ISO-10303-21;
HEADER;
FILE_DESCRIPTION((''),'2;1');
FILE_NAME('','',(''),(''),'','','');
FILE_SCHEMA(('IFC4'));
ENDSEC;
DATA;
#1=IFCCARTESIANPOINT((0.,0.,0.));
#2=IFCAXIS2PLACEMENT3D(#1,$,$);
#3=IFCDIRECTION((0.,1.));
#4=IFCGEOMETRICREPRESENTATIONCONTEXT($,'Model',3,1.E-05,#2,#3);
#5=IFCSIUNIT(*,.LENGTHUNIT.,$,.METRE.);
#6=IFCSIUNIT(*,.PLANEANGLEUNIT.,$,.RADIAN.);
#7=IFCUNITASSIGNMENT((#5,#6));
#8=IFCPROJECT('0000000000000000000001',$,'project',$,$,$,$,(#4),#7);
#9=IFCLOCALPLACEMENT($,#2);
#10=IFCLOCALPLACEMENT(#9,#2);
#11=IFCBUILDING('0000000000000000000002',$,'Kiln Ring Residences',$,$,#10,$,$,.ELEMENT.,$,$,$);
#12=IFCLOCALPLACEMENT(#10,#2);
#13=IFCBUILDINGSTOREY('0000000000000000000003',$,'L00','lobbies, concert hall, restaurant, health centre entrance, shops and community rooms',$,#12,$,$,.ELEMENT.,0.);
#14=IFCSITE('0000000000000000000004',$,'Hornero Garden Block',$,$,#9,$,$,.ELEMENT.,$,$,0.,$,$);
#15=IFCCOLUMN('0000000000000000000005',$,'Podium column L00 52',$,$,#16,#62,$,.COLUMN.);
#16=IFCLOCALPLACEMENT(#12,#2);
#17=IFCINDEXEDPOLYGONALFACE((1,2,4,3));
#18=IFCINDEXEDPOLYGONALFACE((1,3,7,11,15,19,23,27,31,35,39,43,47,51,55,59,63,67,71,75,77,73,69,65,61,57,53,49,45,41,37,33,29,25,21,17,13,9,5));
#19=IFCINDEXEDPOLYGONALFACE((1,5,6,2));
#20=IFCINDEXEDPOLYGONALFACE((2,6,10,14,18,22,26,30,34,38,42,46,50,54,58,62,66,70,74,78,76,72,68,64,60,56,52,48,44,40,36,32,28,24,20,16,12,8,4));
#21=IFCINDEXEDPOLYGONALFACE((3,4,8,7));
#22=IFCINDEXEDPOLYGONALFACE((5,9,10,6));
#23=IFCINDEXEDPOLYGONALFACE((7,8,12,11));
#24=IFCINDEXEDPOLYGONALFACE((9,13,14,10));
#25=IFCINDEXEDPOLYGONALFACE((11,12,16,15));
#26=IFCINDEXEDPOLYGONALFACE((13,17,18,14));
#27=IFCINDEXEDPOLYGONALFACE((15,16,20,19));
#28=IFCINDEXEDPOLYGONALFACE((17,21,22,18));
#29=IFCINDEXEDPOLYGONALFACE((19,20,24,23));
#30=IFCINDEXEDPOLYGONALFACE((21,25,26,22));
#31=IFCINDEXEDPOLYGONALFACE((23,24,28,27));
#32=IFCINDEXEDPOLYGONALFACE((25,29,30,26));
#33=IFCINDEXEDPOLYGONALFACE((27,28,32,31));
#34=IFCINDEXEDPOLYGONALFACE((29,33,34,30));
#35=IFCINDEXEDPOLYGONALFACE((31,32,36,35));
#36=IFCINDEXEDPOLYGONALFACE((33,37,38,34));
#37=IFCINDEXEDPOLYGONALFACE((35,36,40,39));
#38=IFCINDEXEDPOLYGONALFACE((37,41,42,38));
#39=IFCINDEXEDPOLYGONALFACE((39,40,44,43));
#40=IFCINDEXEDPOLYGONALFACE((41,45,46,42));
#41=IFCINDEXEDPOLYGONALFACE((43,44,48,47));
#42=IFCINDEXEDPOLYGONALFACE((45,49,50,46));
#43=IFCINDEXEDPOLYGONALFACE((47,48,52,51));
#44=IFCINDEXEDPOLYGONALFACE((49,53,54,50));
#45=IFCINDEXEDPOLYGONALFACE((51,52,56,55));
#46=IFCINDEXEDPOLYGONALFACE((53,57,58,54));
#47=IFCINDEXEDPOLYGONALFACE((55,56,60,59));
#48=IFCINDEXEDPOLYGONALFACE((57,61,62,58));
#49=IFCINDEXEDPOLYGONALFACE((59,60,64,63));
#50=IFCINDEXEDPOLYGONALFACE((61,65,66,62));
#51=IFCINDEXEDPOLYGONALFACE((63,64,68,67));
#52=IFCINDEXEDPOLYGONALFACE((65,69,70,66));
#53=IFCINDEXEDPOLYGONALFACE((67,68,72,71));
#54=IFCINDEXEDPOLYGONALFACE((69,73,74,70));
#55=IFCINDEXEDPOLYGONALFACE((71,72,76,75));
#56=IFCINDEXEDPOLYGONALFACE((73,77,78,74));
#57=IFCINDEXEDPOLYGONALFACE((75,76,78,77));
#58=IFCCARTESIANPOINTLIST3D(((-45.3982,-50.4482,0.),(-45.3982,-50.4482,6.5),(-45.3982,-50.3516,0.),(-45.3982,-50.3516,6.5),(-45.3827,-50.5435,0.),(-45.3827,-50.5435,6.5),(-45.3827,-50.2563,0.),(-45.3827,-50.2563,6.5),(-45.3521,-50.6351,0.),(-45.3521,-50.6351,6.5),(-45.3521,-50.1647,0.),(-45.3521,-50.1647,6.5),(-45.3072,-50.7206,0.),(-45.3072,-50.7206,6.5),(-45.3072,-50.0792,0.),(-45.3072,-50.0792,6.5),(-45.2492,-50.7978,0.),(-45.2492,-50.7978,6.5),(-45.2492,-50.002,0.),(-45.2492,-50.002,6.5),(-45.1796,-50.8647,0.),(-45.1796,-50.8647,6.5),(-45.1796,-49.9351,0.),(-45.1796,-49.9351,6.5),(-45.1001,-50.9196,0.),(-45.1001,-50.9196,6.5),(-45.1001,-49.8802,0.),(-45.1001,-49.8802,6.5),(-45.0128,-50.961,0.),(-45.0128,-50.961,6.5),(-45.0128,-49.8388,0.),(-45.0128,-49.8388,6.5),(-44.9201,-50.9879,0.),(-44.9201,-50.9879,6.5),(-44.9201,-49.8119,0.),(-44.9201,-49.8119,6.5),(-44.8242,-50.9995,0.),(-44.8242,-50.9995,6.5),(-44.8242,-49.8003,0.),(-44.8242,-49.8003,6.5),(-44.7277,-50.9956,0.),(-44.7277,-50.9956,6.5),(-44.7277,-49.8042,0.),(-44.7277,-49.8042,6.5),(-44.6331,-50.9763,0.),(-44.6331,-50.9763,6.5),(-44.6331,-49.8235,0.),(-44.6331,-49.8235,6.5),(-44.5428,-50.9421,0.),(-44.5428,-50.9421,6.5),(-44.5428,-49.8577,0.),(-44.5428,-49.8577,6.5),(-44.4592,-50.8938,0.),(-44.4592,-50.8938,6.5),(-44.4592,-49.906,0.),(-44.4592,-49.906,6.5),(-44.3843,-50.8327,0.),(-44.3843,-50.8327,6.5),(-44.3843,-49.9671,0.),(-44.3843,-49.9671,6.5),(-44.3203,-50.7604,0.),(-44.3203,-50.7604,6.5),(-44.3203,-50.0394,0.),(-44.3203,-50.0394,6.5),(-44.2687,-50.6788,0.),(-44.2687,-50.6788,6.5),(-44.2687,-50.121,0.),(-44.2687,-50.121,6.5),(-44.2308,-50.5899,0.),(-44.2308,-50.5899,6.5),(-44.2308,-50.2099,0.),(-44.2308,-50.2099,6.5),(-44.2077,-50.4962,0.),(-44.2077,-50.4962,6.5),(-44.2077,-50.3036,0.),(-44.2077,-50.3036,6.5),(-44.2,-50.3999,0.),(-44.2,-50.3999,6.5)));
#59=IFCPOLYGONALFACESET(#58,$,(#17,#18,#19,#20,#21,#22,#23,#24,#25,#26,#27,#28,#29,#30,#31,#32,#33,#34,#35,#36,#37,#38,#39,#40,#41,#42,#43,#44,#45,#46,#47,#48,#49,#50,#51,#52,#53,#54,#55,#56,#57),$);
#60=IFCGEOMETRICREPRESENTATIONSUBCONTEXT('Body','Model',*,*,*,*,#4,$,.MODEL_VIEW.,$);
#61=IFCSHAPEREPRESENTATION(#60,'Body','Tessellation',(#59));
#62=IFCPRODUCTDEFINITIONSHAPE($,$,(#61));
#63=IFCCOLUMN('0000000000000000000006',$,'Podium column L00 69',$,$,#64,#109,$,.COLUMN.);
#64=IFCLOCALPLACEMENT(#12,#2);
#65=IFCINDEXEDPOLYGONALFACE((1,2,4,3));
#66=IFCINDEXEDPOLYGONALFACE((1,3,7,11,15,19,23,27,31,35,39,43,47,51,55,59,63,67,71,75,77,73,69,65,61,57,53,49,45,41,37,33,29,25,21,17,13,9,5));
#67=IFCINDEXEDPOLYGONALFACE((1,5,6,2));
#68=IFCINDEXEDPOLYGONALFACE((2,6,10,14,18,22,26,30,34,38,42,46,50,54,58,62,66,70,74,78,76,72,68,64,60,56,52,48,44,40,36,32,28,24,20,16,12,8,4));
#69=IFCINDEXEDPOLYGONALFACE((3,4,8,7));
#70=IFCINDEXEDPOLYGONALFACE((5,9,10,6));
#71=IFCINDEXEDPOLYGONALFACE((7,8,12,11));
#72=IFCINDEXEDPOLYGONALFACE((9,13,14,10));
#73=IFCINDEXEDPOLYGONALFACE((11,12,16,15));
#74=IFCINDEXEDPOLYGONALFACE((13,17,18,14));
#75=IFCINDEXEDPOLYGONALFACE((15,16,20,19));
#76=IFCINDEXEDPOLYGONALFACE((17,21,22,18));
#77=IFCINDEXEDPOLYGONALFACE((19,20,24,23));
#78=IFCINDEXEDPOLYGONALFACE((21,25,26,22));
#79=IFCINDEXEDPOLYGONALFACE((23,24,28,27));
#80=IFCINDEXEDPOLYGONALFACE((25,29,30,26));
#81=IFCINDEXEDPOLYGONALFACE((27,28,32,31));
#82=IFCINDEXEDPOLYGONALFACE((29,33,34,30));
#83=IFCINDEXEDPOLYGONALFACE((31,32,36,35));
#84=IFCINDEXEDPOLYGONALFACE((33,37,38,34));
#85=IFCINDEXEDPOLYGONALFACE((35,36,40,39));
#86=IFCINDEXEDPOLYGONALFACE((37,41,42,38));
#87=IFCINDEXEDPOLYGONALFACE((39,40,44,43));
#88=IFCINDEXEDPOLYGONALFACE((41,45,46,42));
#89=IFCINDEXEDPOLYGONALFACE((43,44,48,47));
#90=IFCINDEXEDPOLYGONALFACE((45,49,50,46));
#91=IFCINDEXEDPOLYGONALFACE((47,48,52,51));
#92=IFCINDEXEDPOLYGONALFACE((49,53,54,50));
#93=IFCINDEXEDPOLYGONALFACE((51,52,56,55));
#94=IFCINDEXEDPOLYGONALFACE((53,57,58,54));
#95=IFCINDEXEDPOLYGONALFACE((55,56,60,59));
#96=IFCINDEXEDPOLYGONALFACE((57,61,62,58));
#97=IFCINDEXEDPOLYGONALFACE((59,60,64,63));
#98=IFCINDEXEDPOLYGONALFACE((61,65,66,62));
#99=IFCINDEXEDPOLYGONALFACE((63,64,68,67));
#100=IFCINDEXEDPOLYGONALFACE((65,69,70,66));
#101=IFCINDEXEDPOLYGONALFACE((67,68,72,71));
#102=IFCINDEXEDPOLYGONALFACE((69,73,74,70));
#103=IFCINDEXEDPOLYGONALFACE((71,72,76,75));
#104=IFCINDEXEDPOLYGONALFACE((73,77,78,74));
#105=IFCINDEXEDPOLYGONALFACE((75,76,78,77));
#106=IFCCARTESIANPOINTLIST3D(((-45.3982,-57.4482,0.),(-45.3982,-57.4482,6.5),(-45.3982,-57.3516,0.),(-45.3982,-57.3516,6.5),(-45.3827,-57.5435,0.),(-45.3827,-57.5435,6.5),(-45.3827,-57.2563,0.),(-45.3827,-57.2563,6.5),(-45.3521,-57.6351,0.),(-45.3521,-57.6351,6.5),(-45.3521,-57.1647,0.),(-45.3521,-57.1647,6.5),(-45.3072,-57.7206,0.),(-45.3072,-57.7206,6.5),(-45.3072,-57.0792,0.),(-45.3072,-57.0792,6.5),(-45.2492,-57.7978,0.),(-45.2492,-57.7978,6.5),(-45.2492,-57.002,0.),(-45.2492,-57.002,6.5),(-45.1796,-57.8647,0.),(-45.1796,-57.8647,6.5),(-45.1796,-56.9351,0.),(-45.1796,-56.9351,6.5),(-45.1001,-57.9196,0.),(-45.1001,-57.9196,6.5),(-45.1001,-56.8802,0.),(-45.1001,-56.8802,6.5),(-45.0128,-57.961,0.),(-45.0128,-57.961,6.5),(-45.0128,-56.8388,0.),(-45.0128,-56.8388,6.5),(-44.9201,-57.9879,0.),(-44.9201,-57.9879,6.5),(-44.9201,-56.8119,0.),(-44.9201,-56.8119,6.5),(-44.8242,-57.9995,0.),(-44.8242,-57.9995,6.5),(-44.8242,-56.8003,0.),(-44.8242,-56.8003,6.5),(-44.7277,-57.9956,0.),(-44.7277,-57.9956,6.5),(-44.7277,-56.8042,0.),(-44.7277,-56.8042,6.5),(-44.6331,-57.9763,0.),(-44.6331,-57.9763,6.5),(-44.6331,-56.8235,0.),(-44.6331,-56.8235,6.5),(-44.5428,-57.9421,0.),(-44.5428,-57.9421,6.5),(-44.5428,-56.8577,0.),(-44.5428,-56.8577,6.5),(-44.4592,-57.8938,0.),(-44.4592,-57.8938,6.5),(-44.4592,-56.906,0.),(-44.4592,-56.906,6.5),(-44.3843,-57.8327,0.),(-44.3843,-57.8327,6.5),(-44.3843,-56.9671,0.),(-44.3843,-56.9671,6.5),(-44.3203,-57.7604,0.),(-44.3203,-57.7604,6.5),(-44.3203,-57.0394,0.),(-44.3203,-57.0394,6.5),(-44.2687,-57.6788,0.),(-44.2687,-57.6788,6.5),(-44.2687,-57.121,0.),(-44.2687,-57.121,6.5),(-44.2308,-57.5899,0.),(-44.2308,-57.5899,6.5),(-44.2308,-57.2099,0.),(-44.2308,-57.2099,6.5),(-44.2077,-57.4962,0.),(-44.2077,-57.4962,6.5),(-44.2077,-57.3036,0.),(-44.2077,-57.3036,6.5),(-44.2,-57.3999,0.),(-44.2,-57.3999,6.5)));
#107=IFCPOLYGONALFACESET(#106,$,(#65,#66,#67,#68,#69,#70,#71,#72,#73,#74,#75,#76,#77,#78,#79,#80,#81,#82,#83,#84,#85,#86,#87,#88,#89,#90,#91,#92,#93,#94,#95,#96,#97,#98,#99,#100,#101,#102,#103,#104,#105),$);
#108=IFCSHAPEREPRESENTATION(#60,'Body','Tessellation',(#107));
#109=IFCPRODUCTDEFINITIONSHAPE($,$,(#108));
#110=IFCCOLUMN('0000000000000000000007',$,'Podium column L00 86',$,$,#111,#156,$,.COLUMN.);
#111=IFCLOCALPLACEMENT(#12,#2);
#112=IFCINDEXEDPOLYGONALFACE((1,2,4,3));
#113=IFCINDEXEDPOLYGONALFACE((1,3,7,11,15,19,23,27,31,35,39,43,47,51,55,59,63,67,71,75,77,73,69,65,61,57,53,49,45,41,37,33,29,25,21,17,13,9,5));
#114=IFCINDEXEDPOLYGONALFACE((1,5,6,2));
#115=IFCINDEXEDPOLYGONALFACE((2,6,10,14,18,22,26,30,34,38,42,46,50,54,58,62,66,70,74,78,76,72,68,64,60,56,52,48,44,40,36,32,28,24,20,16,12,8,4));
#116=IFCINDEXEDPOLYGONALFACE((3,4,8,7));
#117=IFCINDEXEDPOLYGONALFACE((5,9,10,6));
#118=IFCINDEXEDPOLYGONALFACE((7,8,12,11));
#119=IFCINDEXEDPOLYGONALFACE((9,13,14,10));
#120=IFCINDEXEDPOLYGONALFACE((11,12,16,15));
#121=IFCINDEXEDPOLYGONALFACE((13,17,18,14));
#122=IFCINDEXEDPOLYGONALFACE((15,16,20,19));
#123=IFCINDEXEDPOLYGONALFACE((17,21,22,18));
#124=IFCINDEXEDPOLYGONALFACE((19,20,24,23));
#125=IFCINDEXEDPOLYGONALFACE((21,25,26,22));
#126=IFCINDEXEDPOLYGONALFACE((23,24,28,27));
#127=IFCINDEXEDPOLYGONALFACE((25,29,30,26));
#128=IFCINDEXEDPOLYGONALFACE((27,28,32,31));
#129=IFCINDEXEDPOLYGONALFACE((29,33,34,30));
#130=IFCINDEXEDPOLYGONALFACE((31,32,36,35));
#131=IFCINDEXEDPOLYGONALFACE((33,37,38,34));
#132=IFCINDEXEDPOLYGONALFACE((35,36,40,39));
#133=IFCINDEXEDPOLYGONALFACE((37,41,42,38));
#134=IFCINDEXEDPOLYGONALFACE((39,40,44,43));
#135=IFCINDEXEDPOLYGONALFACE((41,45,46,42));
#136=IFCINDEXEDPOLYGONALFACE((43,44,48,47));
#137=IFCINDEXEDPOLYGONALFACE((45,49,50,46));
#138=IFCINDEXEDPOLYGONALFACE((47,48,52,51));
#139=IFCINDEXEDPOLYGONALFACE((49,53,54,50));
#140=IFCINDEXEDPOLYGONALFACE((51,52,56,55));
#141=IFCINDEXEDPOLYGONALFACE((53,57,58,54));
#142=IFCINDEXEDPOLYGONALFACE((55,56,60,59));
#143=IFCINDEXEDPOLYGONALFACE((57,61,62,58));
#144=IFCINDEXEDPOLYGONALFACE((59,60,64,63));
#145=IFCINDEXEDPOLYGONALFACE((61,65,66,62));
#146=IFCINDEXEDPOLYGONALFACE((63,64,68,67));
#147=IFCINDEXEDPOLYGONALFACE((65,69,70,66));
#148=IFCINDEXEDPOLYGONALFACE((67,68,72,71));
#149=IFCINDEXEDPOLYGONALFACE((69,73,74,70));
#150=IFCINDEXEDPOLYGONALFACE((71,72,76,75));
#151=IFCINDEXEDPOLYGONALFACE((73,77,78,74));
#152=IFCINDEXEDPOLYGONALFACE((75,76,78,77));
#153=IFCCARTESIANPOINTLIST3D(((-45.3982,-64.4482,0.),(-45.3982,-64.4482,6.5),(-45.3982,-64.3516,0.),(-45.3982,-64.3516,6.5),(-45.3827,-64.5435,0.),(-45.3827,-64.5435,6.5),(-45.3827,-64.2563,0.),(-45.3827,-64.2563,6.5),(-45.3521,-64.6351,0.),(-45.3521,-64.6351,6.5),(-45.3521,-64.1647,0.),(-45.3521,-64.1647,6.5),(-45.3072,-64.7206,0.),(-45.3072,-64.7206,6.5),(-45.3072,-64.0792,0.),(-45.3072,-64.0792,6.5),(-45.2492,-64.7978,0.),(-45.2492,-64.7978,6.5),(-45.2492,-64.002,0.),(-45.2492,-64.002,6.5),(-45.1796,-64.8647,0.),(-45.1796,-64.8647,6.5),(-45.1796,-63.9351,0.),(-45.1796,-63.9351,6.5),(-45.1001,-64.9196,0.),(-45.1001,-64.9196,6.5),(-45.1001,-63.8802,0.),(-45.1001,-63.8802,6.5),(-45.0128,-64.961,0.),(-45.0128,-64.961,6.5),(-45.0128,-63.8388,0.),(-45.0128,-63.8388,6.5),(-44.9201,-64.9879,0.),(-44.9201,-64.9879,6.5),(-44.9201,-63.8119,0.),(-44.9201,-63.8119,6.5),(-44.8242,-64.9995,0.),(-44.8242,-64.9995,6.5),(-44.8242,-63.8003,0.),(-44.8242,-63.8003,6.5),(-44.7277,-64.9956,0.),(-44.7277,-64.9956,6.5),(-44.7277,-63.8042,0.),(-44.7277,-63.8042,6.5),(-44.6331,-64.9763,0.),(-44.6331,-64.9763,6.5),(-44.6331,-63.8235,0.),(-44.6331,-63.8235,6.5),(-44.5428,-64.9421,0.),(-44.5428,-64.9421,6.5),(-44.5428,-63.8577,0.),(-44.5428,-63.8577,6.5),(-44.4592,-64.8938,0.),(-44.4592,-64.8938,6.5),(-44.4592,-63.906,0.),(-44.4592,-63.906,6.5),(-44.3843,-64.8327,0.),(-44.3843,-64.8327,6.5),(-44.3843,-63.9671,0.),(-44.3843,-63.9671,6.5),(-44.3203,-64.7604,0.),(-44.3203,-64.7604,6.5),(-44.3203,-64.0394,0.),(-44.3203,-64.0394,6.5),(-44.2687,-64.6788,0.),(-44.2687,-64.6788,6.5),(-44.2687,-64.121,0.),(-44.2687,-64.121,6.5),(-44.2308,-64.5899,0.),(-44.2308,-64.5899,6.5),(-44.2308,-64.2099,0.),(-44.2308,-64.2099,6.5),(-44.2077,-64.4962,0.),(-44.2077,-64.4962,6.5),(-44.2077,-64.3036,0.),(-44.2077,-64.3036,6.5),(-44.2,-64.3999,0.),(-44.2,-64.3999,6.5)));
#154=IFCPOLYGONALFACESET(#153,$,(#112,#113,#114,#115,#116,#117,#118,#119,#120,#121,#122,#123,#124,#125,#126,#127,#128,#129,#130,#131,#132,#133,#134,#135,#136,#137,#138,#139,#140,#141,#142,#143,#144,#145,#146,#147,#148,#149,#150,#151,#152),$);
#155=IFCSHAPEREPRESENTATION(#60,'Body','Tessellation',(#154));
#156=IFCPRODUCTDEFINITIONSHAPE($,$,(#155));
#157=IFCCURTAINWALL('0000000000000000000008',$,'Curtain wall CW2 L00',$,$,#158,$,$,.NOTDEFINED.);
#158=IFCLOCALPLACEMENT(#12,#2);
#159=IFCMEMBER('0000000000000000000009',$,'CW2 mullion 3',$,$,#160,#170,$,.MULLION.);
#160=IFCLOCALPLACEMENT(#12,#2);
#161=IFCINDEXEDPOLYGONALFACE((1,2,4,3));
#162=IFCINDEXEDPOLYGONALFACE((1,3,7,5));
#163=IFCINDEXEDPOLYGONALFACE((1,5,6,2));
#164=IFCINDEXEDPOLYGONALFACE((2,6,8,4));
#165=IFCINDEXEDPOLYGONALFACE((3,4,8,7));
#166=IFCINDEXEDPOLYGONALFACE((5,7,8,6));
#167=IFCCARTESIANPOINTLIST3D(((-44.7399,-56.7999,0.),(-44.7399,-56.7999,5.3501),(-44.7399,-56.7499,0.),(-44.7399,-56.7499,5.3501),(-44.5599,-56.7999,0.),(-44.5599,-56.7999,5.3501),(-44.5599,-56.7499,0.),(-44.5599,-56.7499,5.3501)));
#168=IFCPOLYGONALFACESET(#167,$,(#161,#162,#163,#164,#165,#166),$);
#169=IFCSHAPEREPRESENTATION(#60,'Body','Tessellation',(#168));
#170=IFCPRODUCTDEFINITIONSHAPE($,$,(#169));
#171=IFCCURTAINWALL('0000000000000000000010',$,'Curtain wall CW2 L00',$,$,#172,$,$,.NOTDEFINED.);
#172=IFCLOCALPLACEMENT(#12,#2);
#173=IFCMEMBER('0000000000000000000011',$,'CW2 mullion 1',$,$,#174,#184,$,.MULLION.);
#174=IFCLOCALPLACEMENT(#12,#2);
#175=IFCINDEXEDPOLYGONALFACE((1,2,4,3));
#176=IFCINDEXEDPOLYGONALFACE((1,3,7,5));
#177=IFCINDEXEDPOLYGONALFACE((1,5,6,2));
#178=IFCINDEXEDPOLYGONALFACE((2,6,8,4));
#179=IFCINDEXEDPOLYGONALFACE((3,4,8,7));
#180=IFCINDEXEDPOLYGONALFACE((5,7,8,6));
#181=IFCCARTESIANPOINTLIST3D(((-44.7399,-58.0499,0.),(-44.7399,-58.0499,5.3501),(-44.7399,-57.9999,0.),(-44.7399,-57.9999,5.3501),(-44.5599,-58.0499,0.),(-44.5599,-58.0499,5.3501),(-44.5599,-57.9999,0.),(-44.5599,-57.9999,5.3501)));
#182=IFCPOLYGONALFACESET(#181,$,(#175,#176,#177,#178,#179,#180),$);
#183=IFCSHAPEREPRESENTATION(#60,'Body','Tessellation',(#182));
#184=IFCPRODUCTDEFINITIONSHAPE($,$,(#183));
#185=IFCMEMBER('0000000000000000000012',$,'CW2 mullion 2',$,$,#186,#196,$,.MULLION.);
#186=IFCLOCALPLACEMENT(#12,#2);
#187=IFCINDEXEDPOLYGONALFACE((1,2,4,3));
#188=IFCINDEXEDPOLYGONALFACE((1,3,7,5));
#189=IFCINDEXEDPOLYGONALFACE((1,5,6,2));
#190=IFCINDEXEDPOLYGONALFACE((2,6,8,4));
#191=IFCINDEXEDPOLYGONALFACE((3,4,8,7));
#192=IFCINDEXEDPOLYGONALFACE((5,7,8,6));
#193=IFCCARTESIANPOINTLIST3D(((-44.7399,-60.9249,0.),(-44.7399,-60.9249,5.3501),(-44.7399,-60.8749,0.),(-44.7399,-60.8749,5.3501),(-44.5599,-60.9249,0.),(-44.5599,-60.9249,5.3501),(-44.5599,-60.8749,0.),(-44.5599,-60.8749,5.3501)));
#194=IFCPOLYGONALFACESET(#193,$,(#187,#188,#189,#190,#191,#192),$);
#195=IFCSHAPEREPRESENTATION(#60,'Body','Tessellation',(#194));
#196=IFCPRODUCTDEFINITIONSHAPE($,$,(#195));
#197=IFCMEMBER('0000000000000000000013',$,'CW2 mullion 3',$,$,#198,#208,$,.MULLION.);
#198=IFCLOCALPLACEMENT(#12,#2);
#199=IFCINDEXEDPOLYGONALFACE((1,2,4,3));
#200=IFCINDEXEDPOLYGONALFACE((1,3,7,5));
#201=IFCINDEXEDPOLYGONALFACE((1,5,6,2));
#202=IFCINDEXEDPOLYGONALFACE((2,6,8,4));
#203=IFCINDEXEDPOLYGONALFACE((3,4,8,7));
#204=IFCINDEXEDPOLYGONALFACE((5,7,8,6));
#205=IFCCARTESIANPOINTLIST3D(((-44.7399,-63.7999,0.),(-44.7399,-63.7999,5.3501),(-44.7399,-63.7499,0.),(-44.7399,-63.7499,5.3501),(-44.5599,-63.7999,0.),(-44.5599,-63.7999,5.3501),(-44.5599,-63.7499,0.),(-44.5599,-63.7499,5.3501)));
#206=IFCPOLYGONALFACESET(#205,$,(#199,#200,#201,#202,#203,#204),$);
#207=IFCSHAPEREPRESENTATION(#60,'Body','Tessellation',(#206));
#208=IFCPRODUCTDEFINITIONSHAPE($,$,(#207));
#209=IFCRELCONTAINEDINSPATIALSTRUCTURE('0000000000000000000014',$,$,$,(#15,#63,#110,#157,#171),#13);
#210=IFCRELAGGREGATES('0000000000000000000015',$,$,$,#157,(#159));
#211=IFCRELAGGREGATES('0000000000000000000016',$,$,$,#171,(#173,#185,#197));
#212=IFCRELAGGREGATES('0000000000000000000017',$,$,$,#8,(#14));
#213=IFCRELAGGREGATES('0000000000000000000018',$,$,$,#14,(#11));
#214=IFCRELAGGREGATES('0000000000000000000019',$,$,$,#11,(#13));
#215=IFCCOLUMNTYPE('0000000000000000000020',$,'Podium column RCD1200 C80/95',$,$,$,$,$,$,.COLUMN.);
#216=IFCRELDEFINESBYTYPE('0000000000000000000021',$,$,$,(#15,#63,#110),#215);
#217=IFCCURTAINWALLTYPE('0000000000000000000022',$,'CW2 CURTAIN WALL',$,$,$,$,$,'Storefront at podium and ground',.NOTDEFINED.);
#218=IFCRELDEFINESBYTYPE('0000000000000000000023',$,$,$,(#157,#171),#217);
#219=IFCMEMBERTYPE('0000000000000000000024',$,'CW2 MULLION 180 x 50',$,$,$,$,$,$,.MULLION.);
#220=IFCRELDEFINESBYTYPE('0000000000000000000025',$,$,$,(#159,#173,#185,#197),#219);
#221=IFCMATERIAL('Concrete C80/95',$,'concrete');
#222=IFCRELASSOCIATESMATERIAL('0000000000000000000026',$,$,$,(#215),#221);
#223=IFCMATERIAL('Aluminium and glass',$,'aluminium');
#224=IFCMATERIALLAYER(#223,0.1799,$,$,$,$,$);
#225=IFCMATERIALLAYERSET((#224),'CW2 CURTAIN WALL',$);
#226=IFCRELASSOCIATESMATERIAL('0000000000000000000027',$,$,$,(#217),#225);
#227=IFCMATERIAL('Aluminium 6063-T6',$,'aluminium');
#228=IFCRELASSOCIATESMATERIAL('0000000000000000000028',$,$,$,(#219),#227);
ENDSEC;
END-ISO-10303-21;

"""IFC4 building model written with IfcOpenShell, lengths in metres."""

from ifc_helpers import new_model, si_unit, direction, frame, origin, origin_2d, place, context, subcontext, project, spatial, rectangle, circle, extrude, material, layer, layer_set, material_profile, profile_set, type_object, element, aggregate, save


model = new_model("IFC4")

# Units and contexts
model_context = context("Model", 3, precision=1e-05, world=origin(), true_north=direction((0.0, 1.0)))
body_context = subcontext(model_context, "Body", "Model", "MODEL_VIEW")
ifc_project = project(units=[si_unit("LENGTHUNIT", "METRE"), si_unit("PLANEANGLEUNIT", "RADIAN")], contexts=[model_context])

# Site, building, storey
site_placement = place(None, origin())
site = spatial("IfcSite", under=ifc_project, at=site_placement, Name="Hornero Garden Block", CompositionType="ELEMENT", RefElevation=0.0)
building_placement = place(site_placement, origin())
building = spatial("IfcBuilding", under=site, at=building_placement, Name="Kiln Ring Residences", CompositionType="ELEMENT")
storey_placement = place(building_placement, origin())
storey = spatial("IfcBuildingStorey", under=building, at=storey_placement, Name="L00", Description="lobbies, concert hall, restaurant, health centre entrance, shops and community rooms", CompositionType="ELEMENT", Elevation=0.0)

# Columns
ifc_material_1 = material(Name="Concrete C80/95", Category="concrete")
ifc_material_profile_1 = material_profile(ifc_material_1, circle(Radius=0.6001, at=origin_2d()), Name="RCD1200")
ifc_profile_set_1 = profile_set([ifc_material_profile_1], Name="Concrete C80/95")
column_type = type_object("IfcColumnType", Name="Podium column RCD1200 C80/95", PredefinedType="COLUMN", material=ifc_profile_set_1)
for number, where, z_axis, x_axis, name in (
    (1, (-44.8, -50.3999, 0.0), (0.0, 0.0, 1.0), (1.0, 0.0, 0.0), "Podium column L00 52"),
    (2, (-44.8, -57.3999, 0.0), (0.0, 0.0, 1.0), (1.0, 0.0, 0.0), "Podium column L00 69"),
    (3, (-44.8, -64.3999, 0.0), (0.0, 0.0, 1.0), (1.0, 0.0, 0.0), "Podium column L00 86"),
):
    element("IfcColumn", number, at=place(storey_placement, frame(where, z_axis=z_axis, x_axis=x_axis)), inside=storey, type_object=column_type, Name=name, PredefinedType="COLUMN", context=body_context, shape_type="SweptSolid", body=[
        extrude(circle(Radius=0.6001, at=origin_2d()), origin(), (0.0, 0.0, 1.0), 6.5),
    ])

# Curtain wall, member
ifc_material_2 = material(Name="Aluminium and glass", Category="aluminium")
ifc_layer_1 = layer(ifc_material_2, 0.1799)
ifc_layer_set_1 = layer_set([ifc_layer_1], Name="CW2 CURTAIN WALL")
curtain_wall_type = type_object("IfcCurtainWallType", Name="CW2 CURTAIN WALL", ElementType="Storefront at podium and ground", PredefinedType="NOTDEFINED", material=ifc_layer_set_1)
placement = place(storey_placement, origin())
curtain_wall_1 = element("IfcCurtainWall", 4, at=placement, inside=storey, type_object=curtain_wall_type, Name="Curtain wall CW2 L00", PredefinedType="NOTDEFINED")
ifc_material_3 = material(Name="Aluminium 6063-T6", Category="aluminium")
ifc_material_profile_2 = material_profile(ifc_material_3, rectangle(XDim=0.1799, YDim=0.05, at=origin_2d()), Name="AL 180x50")
ifc_profile_set_2 = profile_set([ifc_material_profile_2], Name="Aluminium 6063-T6")
member_type_1 = type_object("IfcMemberType", Name="CW2 MULLION 180 x 50", PredefinedType="MULLION", material=ifc_profile_set_2)
member_1_placement = place(storey_placement, frame((-44.6499, -56.7749, 0.0), z_axis=(0.0, 0.0, 1.0), x_axis=(1.0, 0.0, 0.0)))
member_1 = element("IfcMember", 5, at=member_1_placement, type_object=member_type_1, Name="CW2 mullion 3", PredefinedType="MULLION", context=body_context, shape_type="SweptSolid", body=[
    extrude(rectangle(XDim=0.1799, YDim=0.05, at=origin_2d()), origin(), (0.0, 0.0, 1.0), 5.3501),
])

# Curtain wall, members
curtain_wall_2 = element("IfcCurtainWall", 6, at=placement, inside=storey, type_object=curtain_wall_type, Name="Curtain wall CW2 L00", PredefinedType="NOTDEFINED")
member_2_placement = place(storey_placement, frame((-44.6499, -58.0249, 0.0), z_axis=(0.0, 0.0, 1.0), x_axis=(1.0, 0.0, 0.0)))
member_2 = element("IfcMember", 7, at=member_2_placement, type_object=member_type_1, Name="CW2 mullion 1", PredefinedType="MULLION", context=body_context, shape_type="SweptSolid", body=[
    extrude(rectangle(XDim=0.1799, YDim=0.05, at=origin_2d()), origin(), (0.0, 0.0, 1.0), 5.3501),
])
member_3_placement = place(storey_placement, frame((-44.6499, -60.8999, 0.0), z_axis=(0.0, 0.0, 1.0), x_axis=(1.0, 0.0, 0.0)))
member_3 = element("IfcMember", 8, at=member_3_placement, type_object=member_type_1, Name="CW2 mullion 2", PredefinedType="MULLION", context=body_context, shape_type="SweptSolid", body=[
    extrude(rectangle(XDim=0.1799, YDim=0.05, at=origin_2d()), origin(), (0.0, 0.0, 1.0), 5.3501),
])
member_4_placement = place(storey_placement, frame((-44.6499, -63.7749, 0.0), z_axis=(0.0, 0.0, 1.0), x_axis=(1.0, 0.0, 0.0)))
member_4 = element("IfcMember", 9, at=member_4_placement, type_object=member_type_1, Name="CW2 mullion 3", PredefinedType="MULLION", context=body_context, shape_type="SweptSolid", body=[
    extrude(rectangle(XDim=0.1799, YDim=0.05, at=origin_2d()), origin(), (0.0, 0.0, 1.0), 5.3501),
])

aggregate(curtain_wall_1, [member_1])
aggregate(curtain_wall_2, [member_2, member_3, member_4])

save(model, "model.ifc")
